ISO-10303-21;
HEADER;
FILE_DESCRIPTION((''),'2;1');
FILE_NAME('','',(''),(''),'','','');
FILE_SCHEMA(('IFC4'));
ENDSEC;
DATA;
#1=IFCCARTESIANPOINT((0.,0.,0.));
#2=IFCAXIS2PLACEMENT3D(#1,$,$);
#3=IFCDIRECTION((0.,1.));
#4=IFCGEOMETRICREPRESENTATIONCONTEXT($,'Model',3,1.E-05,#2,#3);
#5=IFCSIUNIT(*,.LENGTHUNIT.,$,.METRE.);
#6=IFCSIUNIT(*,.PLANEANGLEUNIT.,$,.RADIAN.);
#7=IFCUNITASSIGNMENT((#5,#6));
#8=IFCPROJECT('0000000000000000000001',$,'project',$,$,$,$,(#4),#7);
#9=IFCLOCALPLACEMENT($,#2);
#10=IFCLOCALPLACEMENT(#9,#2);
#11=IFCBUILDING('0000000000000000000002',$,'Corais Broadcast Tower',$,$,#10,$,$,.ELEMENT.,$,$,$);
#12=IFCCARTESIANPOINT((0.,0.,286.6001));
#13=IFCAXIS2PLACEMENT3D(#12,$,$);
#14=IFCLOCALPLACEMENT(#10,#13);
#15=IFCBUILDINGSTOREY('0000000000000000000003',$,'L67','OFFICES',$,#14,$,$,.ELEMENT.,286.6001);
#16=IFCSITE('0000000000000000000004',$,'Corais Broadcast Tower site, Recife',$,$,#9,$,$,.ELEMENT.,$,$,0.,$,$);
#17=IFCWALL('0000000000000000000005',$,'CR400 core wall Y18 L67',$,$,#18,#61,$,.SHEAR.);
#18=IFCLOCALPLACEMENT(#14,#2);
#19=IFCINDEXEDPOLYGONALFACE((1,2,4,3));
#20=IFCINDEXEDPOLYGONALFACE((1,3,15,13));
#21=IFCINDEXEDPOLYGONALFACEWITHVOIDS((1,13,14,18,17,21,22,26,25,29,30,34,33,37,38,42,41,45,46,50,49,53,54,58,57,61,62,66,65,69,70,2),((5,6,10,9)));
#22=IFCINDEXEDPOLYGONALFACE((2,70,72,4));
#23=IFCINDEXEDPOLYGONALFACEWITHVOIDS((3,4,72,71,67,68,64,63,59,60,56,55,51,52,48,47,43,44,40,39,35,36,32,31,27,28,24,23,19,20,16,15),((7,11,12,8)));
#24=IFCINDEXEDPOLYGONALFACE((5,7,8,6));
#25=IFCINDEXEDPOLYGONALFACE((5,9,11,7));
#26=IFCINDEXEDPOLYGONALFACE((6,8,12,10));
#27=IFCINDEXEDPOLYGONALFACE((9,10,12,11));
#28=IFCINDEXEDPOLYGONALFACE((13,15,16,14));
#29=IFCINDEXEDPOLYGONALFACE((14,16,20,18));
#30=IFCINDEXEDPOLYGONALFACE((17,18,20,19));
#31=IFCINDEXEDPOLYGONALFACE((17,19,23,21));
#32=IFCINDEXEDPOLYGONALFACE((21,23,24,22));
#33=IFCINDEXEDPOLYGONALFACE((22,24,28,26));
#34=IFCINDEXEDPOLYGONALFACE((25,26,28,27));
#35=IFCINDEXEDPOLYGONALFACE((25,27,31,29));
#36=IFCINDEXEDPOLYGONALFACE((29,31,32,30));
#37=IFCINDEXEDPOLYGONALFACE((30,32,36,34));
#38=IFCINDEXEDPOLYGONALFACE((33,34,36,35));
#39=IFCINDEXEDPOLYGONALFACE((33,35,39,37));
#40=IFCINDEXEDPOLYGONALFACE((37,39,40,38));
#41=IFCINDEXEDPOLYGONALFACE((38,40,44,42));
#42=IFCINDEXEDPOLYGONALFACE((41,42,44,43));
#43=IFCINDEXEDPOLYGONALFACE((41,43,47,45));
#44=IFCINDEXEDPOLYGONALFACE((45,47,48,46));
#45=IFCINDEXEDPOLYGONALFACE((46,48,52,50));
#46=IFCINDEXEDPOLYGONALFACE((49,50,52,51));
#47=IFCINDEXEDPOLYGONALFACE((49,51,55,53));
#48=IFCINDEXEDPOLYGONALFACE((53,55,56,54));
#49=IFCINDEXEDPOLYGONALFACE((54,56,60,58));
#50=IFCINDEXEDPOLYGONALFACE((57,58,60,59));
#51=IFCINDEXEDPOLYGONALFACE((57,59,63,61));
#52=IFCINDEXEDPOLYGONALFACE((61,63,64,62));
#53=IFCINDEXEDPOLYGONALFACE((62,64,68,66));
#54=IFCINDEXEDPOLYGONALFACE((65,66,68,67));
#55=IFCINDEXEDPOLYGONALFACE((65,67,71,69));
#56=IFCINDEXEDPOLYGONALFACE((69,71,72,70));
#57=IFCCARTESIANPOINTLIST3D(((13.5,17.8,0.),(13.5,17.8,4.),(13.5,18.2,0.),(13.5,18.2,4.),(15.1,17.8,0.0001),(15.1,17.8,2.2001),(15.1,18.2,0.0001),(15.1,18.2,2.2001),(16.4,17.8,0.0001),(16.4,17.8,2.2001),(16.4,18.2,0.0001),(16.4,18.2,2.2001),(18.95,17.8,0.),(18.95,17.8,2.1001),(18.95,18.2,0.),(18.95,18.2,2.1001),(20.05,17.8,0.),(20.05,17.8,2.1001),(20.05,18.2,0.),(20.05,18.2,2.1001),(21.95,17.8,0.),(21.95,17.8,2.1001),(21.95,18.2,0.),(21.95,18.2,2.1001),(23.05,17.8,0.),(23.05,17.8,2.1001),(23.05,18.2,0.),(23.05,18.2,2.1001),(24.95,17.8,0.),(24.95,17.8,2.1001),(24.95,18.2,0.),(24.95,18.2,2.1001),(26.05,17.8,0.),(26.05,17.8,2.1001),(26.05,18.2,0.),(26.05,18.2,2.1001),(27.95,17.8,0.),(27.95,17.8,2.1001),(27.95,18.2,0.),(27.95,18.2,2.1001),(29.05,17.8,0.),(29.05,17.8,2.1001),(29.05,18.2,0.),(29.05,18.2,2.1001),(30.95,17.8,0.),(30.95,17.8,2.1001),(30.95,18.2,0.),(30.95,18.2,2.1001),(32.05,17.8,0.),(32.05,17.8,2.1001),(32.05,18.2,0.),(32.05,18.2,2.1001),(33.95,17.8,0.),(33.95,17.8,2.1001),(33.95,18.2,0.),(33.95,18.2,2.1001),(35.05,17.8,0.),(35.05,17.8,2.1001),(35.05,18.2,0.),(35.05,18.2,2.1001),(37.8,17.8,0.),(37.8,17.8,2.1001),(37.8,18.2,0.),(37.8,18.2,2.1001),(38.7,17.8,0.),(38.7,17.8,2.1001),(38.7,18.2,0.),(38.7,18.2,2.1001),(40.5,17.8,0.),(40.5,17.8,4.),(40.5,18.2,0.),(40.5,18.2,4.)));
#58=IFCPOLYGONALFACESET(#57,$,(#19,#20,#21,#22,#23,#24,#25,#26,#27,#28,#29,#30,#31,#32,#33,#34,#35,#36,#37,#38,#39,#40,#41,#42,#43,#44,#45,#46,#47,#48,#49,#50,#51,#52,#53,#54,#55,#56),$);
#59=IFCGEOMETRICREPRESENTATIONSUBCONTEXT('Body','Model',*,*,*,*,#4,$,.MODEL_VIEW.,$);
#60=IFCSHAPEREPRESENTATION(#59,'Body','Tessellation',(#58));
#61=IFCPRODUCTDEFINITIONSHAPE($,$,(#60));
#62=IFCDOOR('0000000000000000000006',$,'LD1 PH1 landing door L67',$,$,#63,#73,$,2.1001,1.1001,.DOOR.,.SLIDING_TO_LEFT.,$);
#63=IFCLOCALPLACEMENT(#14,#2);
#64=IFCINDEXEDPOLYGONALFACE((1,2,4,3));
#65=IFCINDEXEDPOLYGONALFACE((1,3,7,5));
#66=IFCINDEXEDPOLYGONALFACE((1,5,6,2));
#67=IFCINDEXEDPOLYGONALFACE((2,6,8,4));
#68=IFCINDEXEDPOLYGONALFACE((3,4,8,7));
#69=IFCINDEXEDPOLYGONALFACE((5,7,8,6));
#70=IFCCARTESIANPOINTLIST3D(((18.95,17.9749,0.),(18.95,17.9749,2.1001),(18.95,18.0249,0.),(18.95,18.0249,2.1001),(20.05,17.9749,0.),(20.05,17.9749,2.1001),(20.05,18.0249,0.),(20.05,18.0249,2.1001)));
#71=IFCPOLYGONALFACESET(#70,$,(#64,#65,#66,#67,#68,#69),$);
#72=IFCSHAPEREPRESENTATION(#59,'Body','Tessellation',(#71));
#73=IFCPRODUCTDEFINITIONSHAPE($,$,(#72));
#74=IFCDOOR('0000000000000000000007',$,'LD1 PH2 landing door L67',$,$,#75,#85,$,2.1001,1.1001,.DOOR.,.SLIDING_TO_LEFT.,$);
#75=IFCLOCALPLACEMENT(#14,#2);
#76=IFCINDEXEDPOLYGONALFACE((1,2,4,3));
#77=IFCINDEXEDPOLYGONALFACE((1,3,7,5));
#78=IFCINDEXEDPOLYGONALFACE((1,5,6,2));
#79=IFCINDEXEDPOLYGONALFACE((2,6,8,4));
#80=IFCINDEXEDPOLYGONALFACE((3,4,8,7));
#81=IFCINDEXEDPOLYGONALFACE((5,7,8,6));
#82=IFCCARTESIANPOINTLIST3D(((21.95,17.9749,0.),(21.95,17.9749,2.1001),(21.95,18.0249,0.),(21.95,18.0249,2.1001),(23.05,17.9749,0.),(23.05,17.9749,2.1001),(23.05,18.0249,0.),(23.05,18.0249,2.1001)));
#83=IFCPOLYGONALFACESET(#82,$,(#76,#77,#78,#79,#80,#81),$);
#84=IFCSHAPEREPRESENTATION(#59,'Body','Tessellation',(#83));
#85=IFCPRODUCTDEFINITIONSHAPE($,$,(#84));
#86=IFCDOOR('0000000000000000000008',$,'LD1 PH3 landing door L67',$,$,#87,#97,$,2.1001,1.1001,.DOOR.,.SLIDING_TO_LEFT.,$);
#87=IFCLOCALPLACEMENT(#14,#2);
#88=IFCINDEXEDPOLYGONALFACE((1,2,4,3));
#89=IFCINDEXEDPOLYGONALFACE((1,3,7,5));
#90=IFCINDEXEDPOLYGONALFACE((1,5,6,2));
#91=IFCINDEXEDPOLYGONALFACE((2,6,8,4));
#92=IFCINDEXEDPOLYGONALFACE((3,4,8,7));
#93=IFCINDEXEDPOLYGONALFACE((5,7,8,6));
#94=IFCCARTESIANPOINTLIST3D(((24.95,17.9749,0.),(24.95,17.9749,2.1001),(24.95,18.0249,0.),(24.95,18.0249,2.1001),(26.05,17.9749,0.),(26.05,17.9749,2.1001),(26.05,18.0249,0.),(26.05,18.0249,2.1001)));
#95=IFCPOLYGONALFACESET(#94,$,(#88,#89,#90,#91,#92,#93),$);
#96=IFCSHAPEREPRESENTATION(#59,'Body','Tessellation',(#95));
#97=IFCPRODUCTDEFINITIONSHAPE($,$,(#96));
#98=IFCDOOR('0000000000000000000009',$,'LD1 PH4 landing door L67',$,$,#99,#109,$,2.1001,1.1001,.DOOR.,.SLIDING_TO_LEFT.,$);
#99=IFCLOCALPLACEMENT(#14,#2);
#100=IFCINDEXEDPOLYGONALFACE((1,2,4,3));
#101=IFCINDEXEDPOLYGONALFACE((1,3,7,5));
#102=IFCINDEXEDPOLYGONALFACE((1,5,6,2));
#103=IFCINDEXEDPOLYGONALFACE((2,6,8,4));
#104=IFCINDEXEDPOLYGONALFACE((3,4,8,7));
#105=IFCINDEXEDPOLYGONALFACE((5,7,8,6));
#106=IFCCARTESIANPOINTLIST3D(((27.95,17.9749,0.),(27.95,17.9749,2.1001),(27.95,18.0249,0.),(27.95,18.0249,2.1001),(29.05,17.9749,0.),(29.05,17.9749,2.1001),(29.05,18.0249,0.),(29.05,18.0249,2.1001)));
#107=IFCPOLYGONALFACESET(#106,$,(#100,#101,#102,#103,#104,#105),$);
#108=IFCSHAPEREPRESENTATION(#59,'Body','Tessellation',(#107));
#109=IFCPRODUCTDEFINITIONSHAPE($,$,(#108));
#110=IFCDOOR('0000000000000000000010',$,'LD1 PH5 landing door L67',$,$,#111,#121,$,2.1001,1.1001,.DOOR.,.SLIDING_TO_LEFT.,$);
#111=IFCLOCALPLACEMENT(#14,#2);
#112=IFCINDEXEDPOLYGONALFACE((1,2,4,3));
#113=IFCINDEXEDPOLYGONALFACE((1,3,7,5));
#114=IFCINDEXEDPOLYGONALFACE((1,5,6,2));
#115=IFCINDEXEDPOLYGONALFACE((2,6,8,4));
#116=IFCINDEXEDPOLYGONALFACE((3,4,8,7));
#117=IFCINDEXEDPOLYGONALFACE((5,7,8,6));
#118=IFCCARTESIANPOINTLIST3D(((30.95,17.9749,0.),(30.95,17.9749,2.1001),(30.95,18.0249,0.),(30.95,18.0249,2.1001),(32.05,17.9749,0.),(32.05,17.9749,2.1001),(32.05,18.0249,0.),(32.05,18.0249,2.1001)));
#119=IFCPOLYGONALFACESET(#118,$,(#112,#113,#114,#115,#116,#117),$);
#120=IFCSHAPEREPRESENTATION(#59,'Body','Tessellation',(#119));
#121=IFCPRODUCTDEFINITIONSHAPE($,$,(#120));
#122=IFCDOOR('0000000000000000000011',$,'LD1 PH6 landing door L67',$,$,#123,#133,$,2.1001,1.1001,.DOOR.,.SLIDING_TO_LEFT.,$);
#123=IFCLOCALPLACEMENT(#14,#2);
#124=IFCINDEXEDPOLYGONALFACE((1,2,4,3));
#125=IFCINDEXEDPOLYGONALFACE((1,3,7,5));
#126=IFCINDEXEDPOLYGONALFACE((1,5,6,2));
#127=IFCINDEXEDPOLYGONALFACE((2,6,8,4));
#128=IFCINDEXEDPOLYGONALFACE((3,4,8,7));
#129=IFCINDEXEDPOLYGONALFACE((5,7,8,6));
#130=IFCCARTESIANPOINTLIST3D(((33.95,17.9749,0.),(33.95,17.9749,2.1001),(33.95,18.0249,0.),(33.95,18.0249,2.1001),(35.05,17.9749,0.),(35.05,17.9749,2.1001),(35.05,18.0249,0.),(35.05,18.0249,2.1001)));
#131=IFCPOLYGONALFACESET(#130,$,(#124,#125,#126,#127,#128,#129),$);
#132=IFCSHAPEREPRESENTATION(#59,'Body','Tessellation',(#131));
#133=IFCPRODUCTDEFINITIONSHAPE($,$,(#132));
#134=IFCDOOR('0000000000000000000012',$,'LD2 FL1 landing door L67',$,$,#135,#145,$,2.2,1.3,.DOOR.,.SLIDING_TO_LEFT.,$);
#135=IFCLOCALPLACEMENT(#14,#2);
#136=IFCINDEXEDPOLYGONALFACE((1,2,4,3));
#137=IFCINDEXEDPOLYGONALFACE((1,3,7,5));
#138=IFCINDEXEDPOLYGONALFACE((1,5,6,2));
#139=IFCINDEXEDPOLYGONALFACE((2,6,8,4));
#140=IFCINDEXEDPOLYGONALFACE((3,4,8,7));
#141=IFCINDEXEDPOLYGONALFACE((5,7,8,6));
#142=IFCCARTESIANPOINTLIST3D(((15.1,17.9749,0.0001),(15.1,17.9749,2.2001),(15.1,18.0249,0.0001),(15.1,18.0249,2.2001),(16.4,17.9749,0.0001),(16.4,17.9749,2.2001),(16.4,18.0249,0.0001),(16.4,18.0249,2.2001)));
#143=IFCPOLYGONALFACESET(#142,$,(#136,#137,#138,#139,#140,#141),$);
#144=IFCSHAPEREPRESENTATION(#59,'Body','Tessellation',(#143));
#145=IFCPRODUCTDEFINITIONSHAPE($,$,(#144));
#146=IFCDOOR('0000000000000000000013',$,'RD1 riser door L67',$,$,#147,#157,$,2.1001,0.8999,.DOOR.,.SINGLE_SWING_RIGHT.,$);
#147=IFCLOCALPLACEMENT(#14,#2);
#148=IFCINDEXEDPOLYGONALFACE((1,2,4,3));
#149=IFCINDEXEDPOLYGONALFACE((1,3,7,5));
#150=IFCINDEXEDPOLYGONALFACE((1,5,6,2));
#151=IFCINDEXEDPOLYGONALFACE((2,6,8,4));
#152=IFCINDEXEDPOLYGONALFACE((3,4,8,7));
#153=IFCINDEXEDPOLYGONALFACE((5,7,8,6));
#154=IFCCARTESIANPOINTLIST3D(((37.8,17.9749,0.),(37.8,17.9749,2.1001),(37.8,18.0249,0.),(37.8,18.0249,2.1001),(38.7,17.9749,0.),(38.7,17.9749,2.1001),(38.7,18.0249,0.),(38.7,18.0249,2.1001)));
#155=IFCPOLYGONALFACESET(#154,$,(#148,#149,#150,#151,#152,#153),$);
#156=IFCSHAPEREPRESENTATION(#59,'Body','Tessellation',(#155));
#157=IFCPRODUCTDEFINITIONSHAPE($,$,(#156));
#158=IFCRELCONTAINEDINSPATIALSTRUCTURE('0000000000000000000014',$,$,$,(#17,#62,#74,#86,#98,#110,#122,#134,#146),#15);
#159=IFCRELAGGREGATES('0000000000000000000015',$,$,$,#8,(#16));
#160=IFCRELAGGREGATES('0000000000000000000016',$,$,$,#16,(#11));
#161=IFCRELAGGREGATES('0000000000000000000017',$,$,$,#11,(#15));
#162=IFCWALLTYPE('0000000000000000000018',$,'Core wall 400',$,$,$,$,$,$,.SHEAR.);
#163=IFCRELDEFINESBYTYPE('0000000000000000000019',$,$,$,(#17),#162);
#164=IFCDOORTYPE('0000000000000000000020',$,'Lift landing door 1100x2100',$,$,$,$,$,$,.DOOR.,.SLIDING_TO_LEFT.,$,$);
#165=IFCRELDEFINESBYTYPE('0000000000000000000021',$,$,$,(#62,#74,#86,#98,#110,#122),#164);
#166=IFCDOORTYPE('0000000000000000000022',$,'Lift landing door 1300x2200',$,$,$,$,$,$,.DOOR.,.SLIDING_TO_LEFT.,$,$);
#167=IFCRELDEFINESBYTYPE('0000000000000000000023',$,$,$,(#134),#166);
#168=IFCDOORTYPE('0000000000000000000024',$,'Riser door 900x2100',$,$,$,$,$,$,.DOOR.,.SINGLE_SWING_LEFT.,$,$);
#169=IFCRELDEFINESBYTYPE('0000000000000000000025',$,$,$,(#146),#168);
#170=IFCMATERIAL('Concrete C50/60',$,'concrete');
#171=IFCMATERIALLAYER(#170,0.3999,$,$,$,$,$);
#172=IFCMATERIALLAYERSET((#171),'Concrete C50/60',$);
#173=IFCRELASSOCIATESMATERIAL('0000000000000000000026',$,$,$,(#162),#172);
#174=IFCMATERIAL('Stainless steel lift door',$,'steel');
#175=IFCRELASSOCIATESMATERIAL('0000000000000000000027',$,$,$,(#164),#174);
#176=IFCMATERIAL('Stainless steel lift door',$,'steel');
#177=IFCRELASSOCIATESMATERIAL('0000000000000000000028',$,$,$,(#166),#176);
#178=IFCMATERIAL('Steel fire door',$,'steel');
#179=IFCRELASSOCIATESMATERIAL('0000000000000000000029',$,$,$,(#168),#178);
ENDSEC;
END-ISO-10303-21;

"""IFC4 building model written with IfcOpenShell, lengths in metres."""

from ifc_helpers import new_model, si_unit, direction, frame, frame_2d, origin, place, context, subcontext, project, spatial, rectangle, extrude, material, layer, layer_set, type_object, element, fill, save


model = new_model("IFC4")

# Units and contexts
model_context = context("Model", 3, precision=1e-05, world=origin(), true_north=direction((0.0, 1.0)))
body_context = subcontext(model_context, "Body", "Model", "MODEL_VIEW")
ifc_project = project(units=[si_unit("LENGTHUNIT", "METRE"), si_unit("PLANEANGLEUNIT", "RADIAN")], contexts=[model_context])

# Site, building, storey
site_placement = place(None, origin())
site = spatial("IfcSite", under=ifc_project, at=site_placement, Name="Corais Broadcast Tower site, Recife", CompositionType="ELEMENT", RefElevation=0.0)
building_placement = place(site_placement, origin())
building = spatial("IfcBuilding", under=site, at=building_placement, Name="Corais Broadcast Tower", CompositionType="ELEMENT")
storey_placement = place(building_placement, frame((0.0, 0.0, 286.6001)))
storey = spatial("IfcBuildingStorey", under=building, at=storey_placement, Name="L67", Description="OFFICES", CompositionType="ELEMENT", Elevation=286.6001)

# Shared definitions
ifc_material_1 = material(Name="Concrete C50/60", Category="concrete")
ifc_layer_1 = layer(ifc_material_1, 0.3999)
ifc_layer_set_1 = layer_set([ifc_layer_1], Name="Concrete C50/60")
wall_type_1 = type_object("IfcWallType", Name="Core wall 400", PredefinedType="SHEAR", material=ifc_layer_set_1)

# Wall, openings, doors
wall_1_placement = place(storey_placement, frame((13.5, 18.0, 0.0), z_axis=(0.0, 0.0, 1.0), x_axis=(1.0, 0.0, 0.0)))
wall_1 = element("IfcWall", 1, at=wall_1_placement, inside=storey, type_object=wall_type_1, Name="CR400 core wall Y18 L67", PredefinedType="SHEAR", context=body_context, shape_type="SweptSolid", body=[
    extrude(rectangle(XDim=27.0, YDim=0.3999, at=frame_2d((13.5, 0.0))), origin(), (0.0, 0.0, 1.0), 4.0),
])
opening_1_placement = place(wall_1_placement, frame((24.3, 0.0, 0.0)))
opening_1 = element("IfcOpeningElement", 2, at=opening_1_placement, cuts=wall_1, PredefinedType="OPENING", context=body_context, shape_type="SweptSolid", body=[
    extrude(rectangle(XDim=0.8999, YDim=2.1001, at=frame_2d((0.45, 1.05))), frame((0.0, 0.21, 0.0), z_axis=(0.0, -1.0, 0.0), x_axis=(1.0, 0.0, 0.0)), (0.0, 0.0, 1.0), 0.4199),
])
opening_2_placement = place(wall_1_placement, frame((5.45, 0.0, 0.0)))
opening_2 = element("IfcOpeningElement", 3, at=opening_2_placement, cuts=wall_1, PredefinedType="OPENING", context=body_context, shape_type="SweptSolid", body=[
    extrude(rectangle(XDim=1.1001, YDim=2.1001, at=frame_2d((0.55, 1.05))), frame((0.0, 0.21, 0.0), z_axis=(0.0, -1.0, 0.0), x_axis=(1.0, 0.0, 0.0)), (0.0, 0.0, 1.0), 0.4199),
])
opening_3_placement = place(wall_1_placement, frame((8.45, 0.0, 0.0)))
opening_3 = element("IfcOpeningElement", 4, at=opening_3_placement, cuts=wall_1, PredefinedType="OPENING", context=body_context, shape_type="SweptSolid", body=[
    extrude(rectangle(XDim=1.1001, YDim=2.1001, at=frame_2d((0.55, 1.05))), frame((0.0, 0.21, 0.0), z_axis=(0.0, -1.0, 0.0), x_axis=(1.0, 0.0, 0.0)), (0.0, 0.0, 1.0), 0.4199),
])
opening_4_placement = place(wall_1_placement, frame((11.45, 0.0, 0.0)))
opening_4 = element("IfcOpeningElement", 5, at=opening_4_placement, cuts=wall_1, PredefinedType="OPENING", context=body_context, shape_type="SweptSolid", body=[
    extrude(rectangle(XDim=1.1001, YDim=2.1001, at=frame_2d((0.55, 1.05))), frame((0.0, 0.21, 0.0), z_axis=(0.0, -1.0, 0.0), x_axis=(1.0, 0.0, 0.0)), (0.0, 0.0, 1.0), 0.4199),
])
opening_5_placement = place(wall_1_placement, frame((14.45, 0.0, 0.0)))
opening_5 = element("IfcOpeningElement", 6, at=opening_5_placement, cuts=wall_1, PredefinedType="OPENING", context=body_context, shape_type="SweptSolid", body=[
    extrude(rectangle(XDim=1.1001, YDim=2.1001, at=frame_2d((0.55, 1.05))), frame((0.0, 0.21, 0.0), z_axis=(0.0, -1.0, 0.0), x_axis=(1.0, 0.0, 0.0)), (0.0, 0.0, 1.0), 0.4199),
])
opening_6_placement = place(wall_1_placement, frame((17.45, 0.0, 0.0)))
opening_6 = element("IfcOpeningElement", 7, at=opening_6_placement, cuts=wall_1, PredefinedType="OPENING", context=body_context, shape_type="SweptSolid", body=[
    extrude(rectangle(XDim=1.1001, YDim=2.1001, at=frame_2d((0.55, 1.05))), frame((0.0, 0.21, 0.0), z_axis=(0.0, -1.0, 0.0), x_axis=(1.0, 0.0, 0.0)), (0.0, 0.0, 1.0), 0.4199),
])
opening_7_placement = place(wall_1_placement, frame((20.45, 0.0, 0.0)))
opening_7 = element("IfcOpeningElement", 8, at=opening_7_placement, cuts=wall_1, PredefinedType="OPENING", context=body_context, shape_type="SweptSolid", body=[
    extrude(rectangle(XDim=1.1001, YDim=2.1001, at=frame_2d((0.55, 1.05))), frame((0.0, 0.21, 0.0), z_axis=(0.0, -1.0, 0.0), x_axis=(1.0, 0.0, 0.0)), (0.0, 0.0, 1.0), 0.4199),
])
opening_8_placement = place(wall_1_placement, frame((1.6001, 0.0, 0.0)))
opening_8 = element("IfcOpeningElement", 9, at=opening_8_placement, cuts=wall_1, PredefinedType="OPENING", context=body_context, shape_type="SweptSolid", body=[
    extrude(rectangle(XDim=1.3, YDim=2.2, at=frame_2d((0.6499, 1.1001))), frame((0.0, 0.21, 0.0), z_axis=(0.0, -1.0, 0.0), x_axis=(1.0, 0.0, 0.0)), (0.0, 0.0, 1.0), 0.4199),
])
ifc_material_2 = material(Name="Stainless steel lift door", Category="steel")
door_type_1 = type_object("IfcDoorType", Name="Lift landing door 1100x2100", OperationType="SLIDING_TO_LEFT", PredefinedType="DOOR", material=ifc_material_2)
door_1_placement = place(opening_2_placement, origin())
door_1 = element("IfcDoor", 10, at=door_1_placement, inside=storey, type_object=door_type_1, Name="LD1 PH1 landing door L67", OperationType="SLIDING_TO_LEFT", OverallHeight=2.1001, OverallWidth=1.1001, PredefinedType="DOOR", context=body_context, shape_type="SweptSolid", body=[
    extrude(rectangle(XDim=1.1001, YDim=2.1001, at=frame_2d((0.55, 1.05))), frame((0.0, 0.0249, 0.0), z_axis=(0.0, -1.0, 0.0), x_axis=(1.0, 0.0, 0.0)), (0.0, 0.0, 1.0), 0.05),
])
fill(opening_2, door_1)
door_2_placement = place(opening_3_placement, origin())
door_2 = element("IfcDoor", 11, at=door_2_placement, inside=storey, type_object=door_type_1, Name="LD1 PH2 landing door L67", OperationType="SLIDING_TO_LEFT", OverallHeight=2.1001, OverallWidth=1.1001, PredefinedType="DOOR", context=body_context, shape_type="SweptSolid", body=[
    extrude(rectangle(XDim=1.1001, YDim=2.1001, at=frame_2d((0.55, 1.05))), frame((0.0, 0.0249, 0.0), z_axis=(0.0, -1.0, 0.0), x_axis=(1.0, 0.0, 0.0)), (0.0, 0.0, 1.0), 0.05),
])
fill(opening_3, door_2)
door_3_placement = place(opening_4_placement, origin())
door_3 = element("IfcDoor", 12, at=door_3_placement, inside=storey, type_object=door_type_1, Name="LD1 PH3 landing door L67", OperationType="SLIDING_TO_LEFT", OverallHeight=2.1001, OverallWidth=1.1001, PredefinedType="DOOR", context=body_context, shape_type="SweptSolid", body=[
    extrude(rectangle(XDim=1.1001, YDim=2.1001, at=frame_2d((0.55, 1.05))), frame((0.0, 0.0249, 0.0), z_axis=(0.0, -1.0, 0.0), x_axis=(1.0, 0.0, 0.0)), (0.0, 0.0, 1.0), 0.05),
])
fill(opening_4, door_3)
door_4_placement = place(opening_5_placement, origin())
door_4 = element("IfcDoor", 13, at=door_4_placement, inside=storey, type_object=door_type_1, Name="LD1 PH4 landing door L67", OperationType="SLIDING_TO_LEFT", OverallHeight=2.1001, OverallWidth=1.1001, PredefinedType="DOOR", context=body_context, shape_type="SweptSolid", body=[
    extrude(rectangle(XDim=1.1001, YDim=2.1001, at=frame_2d((0.55, 1.05))), frame((0.0, 0.0249, 0.0), z_axis=(0.0, -1.0, 0.0), x_axis=(1.0, 0.0, 0.0)), (0.0, 0.0, 1.0), 0.05),
])
fill(opening_5, door_4)
door_5_placement = place(opening_6_placement, origin())
door_5 = element("IfcDoor", 14, at=door_5_placement, inside=storey, type_object=door_type_1, Name="LD1 PH5 landing door L67", OperationType="SLIDING_TO_LEFT", OverallHeight=2.1001, OverallWidth=1.1001, PredefinedType="DOOR", context=body_context, shape_type="SweptSolid", body=[
    extrude(rectangle(XDim=1.1001, YDim=2.1001, at=frame_2d((0.55, 1.05))), frame((0.0, 0.0249, 0.0), z_axis=(0.0, -1.0, 0.0), x_axis=(1.0, 0.0, 0.0)), (0.0, 0.0, 1.0), 0.05),
])
fill(opening_6, door_5)
door_6_placement = place(opening_7_placement, origin())
door_6 = element("IfcDoor", 15, at=door_6_placement, inside=storey, type_object=door_type_1, Name="LD1 PH6 landing door L67", OperationType="SLIDING_TO_LEFT", OverallHeight=2.1001, OverallWidth=1.1001, PredefinedType="DOOR", context=body_context, shape_type="SweptSolid", body=[
    extrude(rectangle(XDim=1.1001, YDim=2.1001, at=frame_2d((0.55, 1.05))), frame((0.0, 0.0249, 0.0), z_axis=(0.0, -1.0, 0.0), x_axis=(1.0, 0.0, 0.0)), (0.0, 0.0, 1.0), 0.05),
])
fill(opening_7, door_6)
ifc_material_3 = material(Name="Stainless steel lift door", Category="steel")
door_type_2 = type_object("IfcDoorType", Name="Lift landing door 1300x2200", OperationType="SLIDING_TO_LEFT", PredefinedType="DOOR", material=ifc_material_3)
door_7_placement = place(opening_8_placement, origin())
door_7 = element("IfcDoor", 16, at=door_7_placement, inside=storey, type_object=door_type_2, Name="LD2 FL1 landing door L67", OperationType="SLIDING_TO_LEFT", OverallHeight=2.2, OverallWidth=1.3, PredefinedType="DOOR", context=body_context, shape_type="SweptSolid", body=[
    extrude(rectangle(XDim=1.3, YDim=2.2, at=frame_2d((0.6499, 1.1001))), frame((0.0, 0.0249, 0.0), z_axis=(0.0, -1.0, 0.0), x_axis=(1.0, 0.0, 0.0)), (0.0, 0.0, 1.0), 0.05),
])
fill(opening_8, door_7)
ifc_material_4 = material(Name="Steel fire door", Category="steel")
door_type_3 = type_object("IfcDoorType", Name="Riser door 900x2100", OperationType="SINGLE_SWING_LEFT", PredefinedType="DOOR", material=ifc_material_4)
door_8_placement = place(opening_1_placement, origin())
door_8 = element("IfcDoor", 17, at=door_8_placement, inside=storey, type_object=door_type_3, Name="RD1 riser door L67", OperationType="SINGLE_SWING_RIGHT", OverallHeight=2.1001, OverallWidth=0.8999, PredefinedType="DOOR", context=body_context, shape_type="SweptSolid", body=[
    extrude(rectangle(XDim=0.8999, YDim=2.1001, at=frame_2d((0.45, 1.05))), frame((0.0, 0.0249, 0.0), z_axis=(0.0, -1.0, 0.0), x_axis=(1.0, 0.0, 0.0)), (0.0, 0.0, 1.0), 0.05),
])
fill(opening_1, door_8)

save(model, "model.ifc")
